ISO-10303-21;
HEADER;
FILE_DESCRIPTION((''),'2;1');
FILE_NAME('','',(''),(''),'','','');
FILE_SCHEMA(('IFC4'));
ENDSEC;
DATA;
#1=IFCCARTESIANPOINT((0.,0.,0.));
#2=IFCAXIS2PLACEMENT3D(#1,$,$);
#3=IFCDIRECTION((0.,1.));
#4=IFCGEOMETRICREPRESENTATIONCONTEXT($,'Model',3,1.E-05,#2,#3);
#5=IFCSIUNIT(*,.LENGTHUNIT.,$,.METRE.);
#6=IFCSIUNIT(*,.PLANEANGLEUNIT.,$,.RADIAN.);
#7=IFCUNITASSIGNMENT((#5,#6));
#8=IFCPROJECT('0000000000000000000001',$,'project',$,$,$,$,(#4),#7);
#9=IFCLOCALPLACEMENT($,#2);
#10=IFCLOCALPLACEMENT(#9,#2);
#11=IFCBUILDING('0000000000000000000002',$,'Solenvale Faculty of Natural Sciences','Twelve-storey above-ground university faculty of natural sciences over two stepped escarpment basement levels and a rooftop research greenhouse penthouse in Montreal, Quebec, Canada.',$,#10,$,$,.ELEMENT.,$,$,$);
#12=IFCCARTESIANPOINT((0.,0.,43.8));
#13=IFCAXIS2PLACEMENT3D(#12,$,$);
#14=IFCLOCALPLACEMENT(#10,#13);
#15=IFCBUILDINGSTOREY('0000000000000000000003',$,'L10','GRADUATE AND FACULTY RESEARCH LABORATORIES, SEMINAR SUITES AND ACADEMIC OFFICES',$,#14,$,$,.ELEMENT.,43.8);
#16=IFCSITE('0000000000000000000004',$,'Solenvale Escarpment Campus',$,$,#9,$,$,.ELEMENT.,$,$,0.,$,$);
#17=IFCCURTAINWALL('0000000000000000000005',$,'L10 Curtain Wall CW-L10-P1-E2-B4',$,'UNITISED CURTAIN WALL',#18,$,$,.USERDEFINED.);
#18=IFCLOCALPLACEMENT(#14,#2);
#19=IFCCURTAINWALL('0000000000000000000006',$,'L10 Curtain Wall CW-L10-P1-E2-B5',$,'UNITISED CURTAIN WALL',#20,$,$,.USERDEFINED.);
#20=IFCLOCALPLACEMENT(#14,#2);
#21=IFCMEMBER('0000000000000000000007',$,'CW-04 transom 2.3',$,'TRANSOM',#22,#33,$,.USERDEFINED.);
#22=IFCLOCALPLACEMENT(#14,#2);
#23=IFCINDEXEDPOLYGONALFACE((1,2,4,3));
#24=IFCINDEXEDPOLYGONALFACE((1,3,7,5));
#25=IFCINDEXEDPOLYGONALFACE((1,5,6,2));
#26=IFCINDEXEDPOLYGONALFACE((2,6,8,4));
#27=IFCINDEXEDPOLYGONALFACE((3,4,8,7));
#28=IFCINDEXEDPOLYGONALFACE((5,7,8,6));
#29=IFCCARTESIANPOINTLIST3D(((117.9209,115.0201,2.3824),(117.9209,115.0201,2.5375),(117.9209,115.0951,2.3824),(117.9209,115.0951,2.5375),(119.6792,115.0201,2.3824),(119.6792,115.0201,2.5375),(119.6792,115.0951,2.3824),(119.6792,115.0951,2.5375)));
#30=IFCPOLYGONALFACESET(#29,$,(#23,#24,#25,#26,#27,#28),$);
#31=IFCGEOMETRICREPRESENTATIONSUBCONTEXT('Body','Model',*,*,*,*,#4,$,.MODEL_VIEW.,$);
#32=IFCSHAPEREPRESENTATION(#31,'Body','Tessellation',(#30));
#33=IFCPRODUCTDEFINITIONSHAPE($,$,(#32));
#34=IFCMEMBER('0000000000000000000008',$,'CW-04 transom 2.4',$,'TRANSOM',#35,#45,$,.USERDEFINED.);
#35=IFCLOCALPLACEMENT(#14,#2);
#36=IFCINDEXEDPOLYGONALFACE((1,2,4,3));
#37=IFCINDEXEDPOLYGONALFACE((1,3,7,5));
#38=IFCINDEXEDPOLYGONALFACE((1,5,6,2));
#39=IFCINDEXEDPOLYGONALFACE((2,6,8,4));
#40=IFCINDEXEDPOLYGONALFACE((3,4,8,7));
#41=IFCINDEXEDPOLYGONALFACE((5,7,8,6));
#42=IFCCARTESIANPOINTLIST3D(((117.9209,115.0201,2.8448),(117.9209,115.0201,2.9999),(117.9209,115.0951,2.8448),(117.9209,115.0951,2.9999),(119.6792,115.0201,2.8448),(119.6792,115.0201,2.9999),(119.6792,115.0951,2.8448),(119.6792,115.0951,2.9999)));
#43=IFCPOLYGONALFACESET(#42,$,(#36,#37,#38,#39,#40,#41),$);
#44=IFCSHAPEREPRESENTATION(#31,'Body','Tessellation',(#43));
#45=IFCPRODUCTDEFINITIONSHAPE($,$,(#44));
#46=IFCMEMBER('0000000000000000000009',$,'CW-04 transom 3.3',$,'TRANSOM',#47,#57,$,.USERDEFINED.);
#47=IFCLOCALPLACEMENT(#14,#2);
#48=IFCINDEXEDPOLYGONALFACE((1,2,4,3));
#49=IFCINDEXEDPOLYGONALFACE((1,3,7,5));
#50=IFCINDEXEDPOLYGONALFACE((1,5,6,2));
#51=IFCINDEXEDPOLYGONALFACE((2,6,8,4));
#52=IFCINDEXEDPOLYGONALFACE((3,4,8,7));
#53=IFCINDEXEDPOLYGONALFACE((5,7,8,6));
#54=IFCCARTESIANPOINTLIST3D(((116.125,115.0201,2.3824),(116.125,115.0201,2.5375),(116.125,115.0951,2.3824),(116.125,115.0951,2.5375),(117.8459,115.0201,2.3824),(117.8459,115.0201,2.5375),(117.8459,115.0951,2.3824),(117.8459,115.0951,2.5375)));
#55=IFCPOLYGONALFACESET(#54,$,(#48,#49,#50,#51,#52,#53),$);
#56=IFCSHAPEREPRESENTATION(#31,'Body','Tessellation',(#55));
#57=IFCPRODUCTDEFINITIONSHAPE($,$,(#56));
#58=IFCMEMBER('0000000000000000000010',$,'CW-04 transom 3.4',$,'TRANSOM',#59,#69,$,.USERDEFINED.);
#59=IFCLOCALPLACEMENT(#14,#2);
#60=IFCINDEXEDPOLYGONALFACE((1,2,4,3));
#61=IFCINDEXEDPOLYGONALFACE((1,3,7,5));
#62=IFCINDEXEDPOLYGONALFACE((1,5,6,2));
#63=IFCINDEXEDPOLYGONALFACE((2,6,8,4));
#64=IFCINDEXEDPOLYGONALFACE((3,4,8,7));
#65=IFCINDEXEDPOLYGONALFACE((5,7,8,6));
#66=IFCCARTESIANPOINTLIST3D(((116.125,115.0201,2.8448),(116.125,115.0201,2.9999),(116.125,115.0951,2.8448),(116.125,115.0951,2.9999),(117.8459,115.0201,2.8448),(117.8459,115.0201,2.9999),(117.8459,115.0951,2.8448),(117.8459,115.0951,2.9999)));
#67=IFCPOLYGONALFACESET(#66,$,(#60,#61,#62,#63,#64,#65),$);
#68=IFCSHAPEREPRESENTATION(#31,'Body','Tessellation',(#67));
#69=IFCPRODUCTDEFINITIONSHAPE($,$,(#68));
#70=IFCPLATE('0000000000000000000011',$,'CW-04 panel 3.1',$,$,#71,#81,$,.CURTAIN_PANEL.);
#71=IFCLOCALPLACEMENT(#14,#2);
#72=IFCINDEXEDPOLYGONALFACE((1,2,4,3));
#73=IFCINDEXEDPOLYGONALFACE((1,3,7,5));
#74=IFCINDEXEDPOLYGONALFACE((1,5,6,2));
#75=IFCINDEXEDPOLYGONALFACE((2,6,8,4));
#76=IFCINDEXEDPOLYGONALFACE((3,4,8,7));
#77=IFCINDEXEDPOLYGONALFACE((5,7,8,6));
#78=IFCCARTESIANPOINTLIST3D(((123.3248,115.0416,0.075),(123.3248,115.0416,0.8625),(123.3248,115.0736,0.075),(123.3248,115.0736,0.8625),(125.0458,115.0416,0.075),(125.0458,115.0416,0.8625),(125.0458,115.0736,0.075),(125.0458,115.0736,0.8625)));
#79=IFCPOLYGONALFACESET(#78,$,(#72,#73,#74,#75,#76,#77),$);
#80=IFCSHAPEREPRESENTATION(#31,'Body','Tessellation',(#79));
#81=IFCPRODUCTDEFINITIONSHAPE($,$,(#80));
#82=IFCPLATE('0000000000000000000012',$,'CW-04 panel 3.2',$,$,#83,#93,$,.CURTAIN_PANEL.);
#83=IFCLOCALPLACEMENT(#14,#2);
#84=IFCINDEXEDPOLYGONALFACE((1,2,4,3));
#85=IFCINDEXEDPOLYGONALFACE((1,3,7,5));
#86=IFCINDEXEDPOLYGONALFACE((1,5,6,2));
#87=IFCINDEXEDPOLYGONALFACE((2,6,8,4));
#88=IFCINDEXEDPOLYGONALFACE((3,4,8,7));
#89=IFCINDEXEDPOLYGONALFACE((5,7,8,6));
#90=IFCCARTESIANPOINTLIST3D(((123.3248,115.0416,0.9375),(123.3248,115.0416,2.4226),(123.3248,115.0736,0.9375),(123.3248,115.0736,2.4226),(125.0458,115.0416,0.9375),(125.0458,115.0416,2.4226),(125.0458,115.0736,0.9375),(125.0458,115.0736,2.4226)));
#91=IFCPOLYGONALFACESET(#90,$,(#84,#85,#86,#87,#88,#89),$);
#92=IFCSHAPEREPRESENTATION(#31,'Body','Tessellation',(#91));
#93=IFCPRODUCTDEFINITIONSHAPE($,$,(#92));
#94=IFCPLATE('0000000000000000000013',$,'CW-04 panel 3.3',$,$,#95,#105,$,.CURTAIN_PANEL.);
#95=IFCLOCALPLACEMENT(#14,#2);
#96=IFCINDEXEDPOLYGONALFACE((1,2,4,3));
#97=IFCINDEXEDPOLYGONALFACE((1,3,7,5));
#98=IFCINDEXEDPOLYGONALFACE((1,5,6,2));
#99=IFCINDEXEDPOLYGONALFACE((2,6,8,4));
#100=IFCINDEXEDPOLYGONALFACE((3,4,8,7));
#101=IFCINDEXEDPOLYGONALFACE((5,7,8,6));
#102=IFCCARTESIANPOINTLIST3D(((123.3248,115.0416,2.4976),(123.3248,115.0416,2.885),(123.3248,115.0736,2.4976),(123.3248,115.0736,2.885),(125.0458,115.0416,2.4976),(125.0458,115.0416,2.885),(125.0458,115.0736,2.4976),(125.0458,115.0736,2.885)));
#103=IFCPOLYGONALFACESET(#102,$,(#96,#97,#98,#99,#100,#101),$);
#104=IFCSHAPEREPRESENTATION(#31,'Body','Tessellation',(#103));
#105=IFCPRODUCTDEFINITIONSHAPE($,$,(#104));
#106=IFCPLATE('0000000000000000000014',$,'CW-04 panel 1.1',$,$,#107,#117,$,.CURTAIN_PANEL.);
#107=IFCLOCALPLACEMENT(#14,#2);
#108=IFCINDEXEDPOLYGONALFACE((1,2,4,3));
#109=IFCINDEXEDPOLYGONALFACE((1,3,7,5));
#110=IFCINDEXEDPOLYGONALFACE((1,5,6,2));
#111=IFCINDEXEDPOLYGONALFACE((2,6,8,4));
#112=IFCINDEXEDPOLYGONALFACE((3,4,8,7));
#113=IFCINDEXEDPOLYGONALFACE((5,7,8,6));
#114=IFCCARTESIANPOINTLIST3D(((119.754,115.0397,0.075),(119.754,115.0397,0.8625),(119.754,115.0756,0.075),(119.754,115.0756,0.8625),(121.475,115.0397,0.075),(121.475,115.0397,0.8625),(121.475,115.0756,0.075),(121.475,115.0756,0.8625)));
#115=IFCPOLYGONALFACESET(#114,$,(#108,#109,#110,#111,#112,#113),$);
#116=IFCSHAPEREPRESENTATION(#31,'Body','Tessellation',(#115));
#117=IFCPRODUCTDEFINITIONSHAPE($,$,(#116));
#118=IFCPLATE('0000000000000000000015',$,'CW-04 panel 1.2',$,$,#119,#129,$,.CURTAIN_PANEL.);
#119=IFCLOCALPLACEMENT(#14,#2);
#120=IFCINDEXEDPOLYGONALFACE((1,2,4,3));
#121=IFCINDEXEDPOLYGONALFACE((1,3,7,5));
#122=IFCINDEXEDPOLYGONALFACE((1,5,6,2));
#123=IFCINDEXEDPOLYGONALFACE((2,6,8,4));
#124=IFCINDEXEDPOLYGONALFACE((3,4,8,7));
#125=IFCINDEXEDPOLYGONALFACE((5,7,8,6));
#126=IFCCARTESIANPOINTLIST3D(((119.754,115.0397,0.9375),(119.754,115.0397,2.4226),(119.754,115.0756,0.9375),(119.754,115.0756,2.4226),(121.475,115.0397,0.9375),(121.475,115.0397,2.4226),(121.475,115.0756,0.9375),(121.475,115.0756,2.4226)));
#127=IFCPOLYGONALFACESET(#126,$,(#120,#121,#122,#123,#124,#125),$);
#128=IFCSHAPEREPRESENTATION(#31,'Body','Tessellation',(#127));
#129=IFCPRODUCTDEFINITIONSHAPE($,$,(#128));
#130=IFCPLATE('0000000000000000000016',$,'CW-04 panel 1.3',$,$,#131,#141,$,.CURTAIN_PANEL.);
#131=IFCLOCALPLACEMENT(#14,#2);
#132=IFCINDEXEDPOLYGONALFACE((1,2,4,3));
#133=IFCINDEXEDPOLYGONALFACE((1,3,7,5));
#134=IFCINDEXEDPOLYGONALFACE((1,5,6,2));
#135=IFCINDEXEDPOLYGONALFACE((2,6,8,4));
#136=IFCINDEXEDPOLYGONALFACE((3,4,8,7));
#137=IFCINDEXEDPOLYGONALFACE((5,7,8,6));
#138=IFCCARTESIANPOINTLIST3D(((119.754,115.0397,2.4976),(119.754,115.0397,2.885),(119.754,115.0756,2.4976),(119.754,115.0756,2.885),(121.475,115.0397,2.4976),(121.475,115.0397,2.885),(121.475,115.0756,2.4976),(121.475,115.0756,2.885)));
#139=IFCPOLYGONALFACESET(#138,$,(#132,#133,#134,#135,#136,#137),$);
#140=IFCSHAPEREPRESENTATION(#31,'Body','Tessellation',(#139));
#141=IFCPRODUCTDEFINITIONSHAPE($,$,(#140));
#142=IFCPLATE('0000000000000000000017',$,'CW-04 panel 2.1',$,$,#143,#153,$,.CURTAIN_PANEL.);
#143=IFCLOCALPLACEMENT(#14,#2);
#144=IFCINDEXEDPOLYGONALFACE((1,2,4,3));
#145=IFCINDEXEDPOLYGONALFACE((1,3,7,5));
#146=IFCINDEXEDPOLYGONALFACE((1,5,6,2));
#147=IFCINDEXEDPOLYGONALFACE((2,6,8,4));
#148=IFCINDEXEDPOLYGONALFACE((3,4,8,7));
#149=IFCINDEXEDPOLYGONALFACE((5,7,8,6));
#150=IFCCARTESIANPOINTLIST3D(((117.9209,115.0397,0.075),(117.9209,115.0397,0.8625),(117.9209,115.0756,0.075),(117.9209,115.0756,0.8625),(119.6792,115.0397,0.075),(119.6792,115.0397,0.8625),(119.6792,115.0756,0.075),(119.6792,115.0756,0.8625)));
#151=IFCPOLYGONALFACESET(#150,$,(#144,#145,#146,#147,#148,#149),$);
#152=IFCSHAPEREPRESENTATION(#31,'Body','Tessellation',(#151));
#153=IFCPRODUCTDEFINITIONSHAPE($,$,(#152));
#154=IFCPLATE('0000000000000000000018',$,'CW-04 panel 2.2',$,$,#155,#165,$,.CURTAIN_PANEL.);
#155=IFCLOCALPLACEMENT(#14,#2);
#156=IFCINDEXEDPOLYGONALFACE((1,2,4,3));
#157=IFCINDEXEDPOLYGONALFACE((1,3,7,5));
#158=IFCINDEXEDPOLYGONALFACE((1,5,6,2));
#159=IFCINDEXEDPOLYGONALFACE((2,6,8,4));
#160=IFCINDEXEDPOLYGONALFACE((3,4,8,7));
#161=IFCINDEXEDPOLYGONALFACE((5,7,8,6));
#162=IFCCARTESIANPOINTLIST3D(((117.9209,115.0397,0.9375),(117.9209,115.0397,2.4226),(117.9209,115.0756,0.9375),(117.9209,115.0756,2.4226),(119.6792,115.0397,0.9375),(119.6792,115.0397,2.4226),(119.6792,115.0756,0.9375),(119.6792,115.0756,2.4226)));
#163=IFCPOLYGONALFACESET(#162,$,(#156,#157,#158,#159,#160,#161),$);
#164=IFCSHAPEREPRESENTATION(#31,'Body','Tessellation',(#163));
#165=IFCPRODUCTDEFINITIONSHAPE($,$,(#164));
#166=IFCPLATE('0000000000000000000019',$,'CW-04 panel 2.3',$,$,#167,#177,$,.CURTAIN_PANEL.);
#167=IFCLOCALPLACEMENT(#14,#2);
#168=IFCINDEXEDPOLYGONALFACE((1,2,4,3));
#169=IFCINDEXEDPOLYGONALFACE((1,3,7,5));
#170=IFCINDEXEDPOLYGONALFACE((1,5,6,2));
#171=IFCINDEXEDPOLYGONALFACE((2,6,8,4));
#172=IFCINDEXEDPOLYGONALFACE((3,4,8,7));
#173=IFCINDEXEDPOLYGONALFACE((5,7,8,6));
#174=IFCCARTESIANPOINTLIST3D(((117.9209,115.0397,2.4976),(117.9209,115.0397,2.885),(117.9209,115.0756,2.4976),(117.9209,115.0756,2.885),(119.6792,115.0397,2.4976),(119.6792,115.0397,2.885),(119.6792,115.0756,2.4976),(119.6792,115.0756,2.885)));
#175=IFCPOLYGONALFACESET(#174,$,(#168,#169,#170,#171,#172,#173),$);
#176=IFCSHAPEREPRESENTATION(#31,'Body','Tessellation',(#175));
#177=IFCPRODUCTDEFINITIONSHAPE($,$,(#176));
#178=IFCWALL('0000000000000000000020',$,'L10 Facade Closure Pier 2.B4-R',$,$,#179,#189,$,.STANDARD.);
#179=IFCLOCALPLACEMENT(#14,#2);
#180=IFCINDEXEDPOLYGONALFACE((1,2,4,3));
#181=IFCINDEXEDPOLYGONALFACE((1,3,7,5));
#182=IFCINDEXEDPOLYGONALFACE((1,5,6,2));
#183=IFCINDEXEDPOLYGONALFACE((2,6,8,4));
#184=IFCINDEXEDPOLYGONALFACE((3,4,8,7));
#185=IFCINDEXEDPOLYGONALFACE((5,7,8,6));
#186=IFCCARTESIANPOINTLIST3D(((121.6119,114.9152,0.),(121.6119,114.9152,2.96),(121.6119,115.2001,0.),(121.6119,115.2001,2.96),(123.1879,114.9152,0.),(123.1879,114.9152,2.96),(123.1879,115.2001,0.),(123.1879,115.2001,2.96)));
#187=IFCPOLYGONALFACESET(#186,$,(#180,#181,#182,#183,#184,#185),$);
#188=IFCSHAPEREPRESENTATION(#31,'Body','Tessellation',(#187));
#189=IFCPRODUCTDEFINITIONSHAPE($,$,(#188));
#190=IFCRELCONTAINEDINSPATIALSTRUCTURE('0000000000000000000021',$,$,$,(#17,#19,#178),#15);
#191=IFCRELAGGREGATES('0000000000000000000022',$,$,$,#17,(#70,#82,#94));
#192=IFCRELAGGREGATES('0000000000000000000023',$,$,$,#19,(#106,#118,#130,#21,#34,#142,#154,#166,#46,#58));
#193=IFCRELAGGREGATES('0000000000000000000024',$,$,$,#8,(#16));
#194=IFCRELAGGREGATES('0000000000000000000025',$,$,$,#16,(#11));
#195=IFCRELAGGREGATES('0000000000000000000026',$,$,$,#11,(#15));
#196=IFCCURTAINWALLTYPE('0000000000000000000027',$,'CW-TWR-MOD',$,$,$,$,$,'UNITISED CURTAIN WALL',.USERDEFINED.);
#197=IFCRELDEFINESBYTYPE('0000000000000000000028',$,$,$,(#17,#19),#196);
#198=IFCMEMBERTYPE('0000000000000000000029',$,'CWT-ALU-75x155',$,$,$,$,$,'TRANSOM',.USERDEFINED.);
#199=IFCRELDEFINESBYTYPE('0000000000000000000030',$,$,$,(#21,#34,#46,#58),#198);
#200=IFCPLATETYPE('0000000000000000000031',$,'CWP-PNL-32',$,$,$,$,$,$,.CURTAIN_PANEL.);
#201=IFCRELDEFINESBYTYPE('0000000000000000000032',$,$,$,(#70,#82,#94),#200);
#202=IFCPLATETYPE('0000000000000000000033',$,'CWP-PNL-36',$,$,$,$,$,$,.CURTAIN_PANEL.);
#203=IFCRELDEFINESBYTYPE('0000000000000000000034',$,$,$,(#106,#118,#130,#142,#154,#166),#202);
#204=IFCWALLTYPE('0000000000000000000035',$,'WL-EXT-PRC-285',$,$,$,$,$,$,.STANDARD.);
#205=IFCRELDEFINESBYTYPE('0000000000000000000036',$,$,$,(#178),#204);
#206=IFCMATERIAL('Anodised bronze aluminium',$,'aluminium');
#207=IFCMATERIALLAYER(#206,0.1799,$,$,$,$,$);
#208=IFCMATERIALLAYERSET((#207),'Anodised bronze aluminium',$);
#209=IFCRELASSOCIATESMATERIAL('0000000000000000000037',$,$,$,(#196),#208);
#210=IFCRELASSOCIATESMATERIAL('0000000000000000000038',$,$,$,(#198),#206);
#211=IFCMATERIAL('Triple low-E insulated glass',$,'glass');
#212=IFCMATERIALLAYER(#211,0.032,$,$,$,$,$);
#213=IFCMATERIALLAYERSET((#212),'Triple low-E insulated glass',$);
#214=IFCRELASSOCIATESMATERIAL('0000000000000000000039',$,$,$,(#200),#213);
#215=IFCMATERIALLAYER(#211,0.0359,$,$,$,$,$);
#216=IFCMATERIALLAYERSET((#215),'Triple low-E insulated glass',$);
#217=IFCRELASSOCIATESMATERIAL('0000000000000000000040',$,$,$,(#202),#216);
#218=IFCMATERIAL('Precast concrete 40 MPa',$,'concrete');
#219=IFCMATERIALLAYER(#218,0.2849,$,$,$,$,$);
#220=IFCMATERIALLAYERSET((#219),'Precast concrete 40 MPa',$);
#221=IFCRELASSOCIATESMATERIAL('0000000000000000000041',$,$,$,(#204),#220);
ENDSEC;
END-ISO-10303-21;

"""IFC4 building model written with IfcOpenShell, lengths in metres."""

from ifc_helpers import new_model, si_unit, direction, frame, frame_2d, origin, origin_2d, place, context, subcontext, project, spatial, rectangle, extrude, material, layer, layer_set, material_profile, profile_set, type_object, element, aggregate, save


model = new_model("IFC4")

# Units and contexts
model_context = context("Model", 3, precision=1e-05, world=origin(), true_north=direction((0.0, 1.0)))
body_context = subcontext(model_context, "Body", "Model", "MODEL_VIEW")
ifc_project = project(units=[si_unit("LENGTHUNIT", "METRE"), si_unit("PLANEANGLEUNIT", "RADIAN")], contexts=[model_context])

# Site, building, storey
site_placement = place(None, origin())
site = spatial("IfcSite", under=ifc_project, at=site_placement, Name="Solenvale Escarpment Campus", CompositionType="ELEMENT", RefElevation=0.0)
building_placement = place(site_placement, origin())
building = spatial("IfcBuilding", under=site, at=building_placement, Name="Solenvale Faculty of Natural Sciences", Description="Twelve-storey above-ground university faculty of natural sciences over two stepped escarpment basement levels and a rooftop research greenhouse penthouse in Montreal, Quebec, Canada.", CompositionType="ELEMENT")
storey_placement = place(building_placement, frame((0.0, 0.0, 43.8)))
storey = spatial("IfcBuildingStorey", under=building, at=storey_placement, Name="L10", Description="GRADUATE AND FACULTY RESEARCH LABORATORIES, SEMINAR SUITES AND ACADEMIC OFFICES", CompositionType="ELEMENT", Elevation=43.8)

# Shared definitions
ifc_material_1 = material(Name="Precast concrete 40 MPa", Category="concrete")

# Curtain wall
ifc_material_2 = material(Name="Anodised bronze aluminium", Category="aluminium")
ifc_layer_1 = layer(ifc_material_2, 0.1799)
ifc_layer_set_1 = layer_set([ifc_layer_1], Name="Anodised bronze aluminium")
curtain_wall_type = type_object("IfcCurtainWallType", Name="CW-TWR-MOD", ElementType="UNITISED CURTAIN WALL", PredefinedType="USERDEFINED", material=ifc_layer_set_1)
curtain_wall_1_placement = place(storey_placement, origin())
curtain_wall_1 = element("IfcCurtainWall", 1, at=curtain_wall_1_placement, inside=storey, type_object=curtain_wall_type, Name="L10 Curtain Wall CW-L10-P1-E2-B4", ObjectType="UNITISED CURTAIN WALL", PredefinedType="USERDEFINED")

# Curtain wall, members
curtain_wall_2_placement = place(storey_placement, origin())
curtain_wall_2 = element("IfcCurtainWall", 2, at=curtain_wall_2_placement, inside=storey, type_object=curtain_wall_type, Name="L10 Curtain Wall CW-L10-P1-E2-B5", ObjectType="UNITISED CURTAIN WALL", PredefinedType="USERDEFINED")
ifc_material_profile_1 = material_profile(ifc_material_2, rectangle(XDim=0.075, YDim=0.155, at=origin_2d()), Name="ALU-TRN-75x155")
ifc_profile_set_1 = profile_set([ifc_material_profile_1], Name="Anodised bronze aluminium")
member_type_1 = type_object("IfcMemberType", Name="CWT-ALU-75x155", ElementType="TRANSOM", PredefinedType="USERDEFINED", material=ifc_profile_set_1)
member_1_placement = place(storey_placement, frame((119.6792, 115.0576, 2.46), z_axis=(-1.0, 0.0, 0.0), x_axis=(0.0, -1.0, 0.0)))
member_1 = element("IfcMember", 3, at=member_1_placement, type_object=member_type_1, Name="CW-04 transom 2.3", ObjectType="TRANSOM", PredefinedType="USERDEFINED", context=body_context, shape_type="SweptSolid", body=[
    extrude(rectangle(XDim=0.075, YDim=0.155, at=origin_2d()), origin(), (0.0, 0.0, 1.0), 1.7583),
])
member_2_placement = place(storey_placement, frame((119.6792, 115.0576, 2.9224), z_axis=(-1.0, 0.0, 0.0), x_axis=(0.0, -1.0, 0.0)))
member_2 = element("IfcMember", 4, at=member_2_placement, type_object=member_type_1, Name="CW-04 transom 2.4", ObjectType="TRANSOM", PredefinedType="USERDEFINED", context=body_context, shape_type="SweptSolid", body=[
    extrude(rectangle(XDim=0.075, YDim=0.155, at=origin_2d()), origin(), (0.0, 0.0, 1.0), 1.7583),
])
member_3_placement = place(storey_placement, frame((117.8459, 115.0576, 2.46), z_axis=(-1.0, 0.0, 0.0), x_axis=(0.0, -1.0, 0.0)))
member_3 = element("IfcMember", 5, at=member_3_placement, type_object=member_type_1, Name="CW-04 transom 3.3", ObjectType="TRANSOM", PredefinedType="USERDEFINED", context=body_context, shape_type="SweptSolid", body=[
    extrude(rectangle(XDim=0.075, YDim=0.155, at=origin_2d()), origin(), (0.0, 0.0, 1.0), 1.7209),
])
member_4_placement = place(storey_placement, frame((117.8459, 115.0576, 2.9224), z_axis=(-1.0, 0.0, 0.0), x_axis=(0.0, -1.0, 0.0)))
member_4 = element("IfcMember", 6, at=member_4_placement, type_object=member_type_1, Name="CW-04 transom 3.4", ObjectType="TRANSOM", PredefinedType="USERDEFINED", context=body_context, shape_type="SweptSolid", body=[
    extrude(rectangle(XDim=0.075, YDim=0.155, at=origin_2d()), origin(), (0.0, 0.0, 1.0), 1.7209),
])

# Plates
ifc_material_3 = material(Name="Triple low-E insulated glass", Category="glass")
ifc_layer_2 = layer(ifc_material_3, 0.032)
ifc_layer_set_2 = layer_set([ifc_layer_2], Name="Triple low-E insulated glass")
plate_type_1 = type_object("IfcPlateType", Name="CWP-PNL-32", PredefinedType="CURTAIN_PANEL", material=ifc_layer_set_2)
plate_1_placement = place(storey_placement, frame((124.1853, 115.0576, 0.075), z_axis=(0.0, 0.0, 1.0), x_axis=(-1.0, 0.0, 0.0)))
plate_1 = element("IfcPlate", 7, at=plate_1_placement, type_object=plate_type_1, Name="CW-04 panel 3.1", PredefinedType="CURTAIN_PANEL", context=body_context, shape_type="SweptSolid", body=[
    extrude(rectangle(XDim=1.7209, YDim=0.032, at=origin_2d()), origin(), (0.0, 0.0, 1.0), 0.7876),
])
plate_2_placement = place(storey_placement, frame((124.1853, 115.0576, 0.9375), z_axis=(0.0, 0.0, 1.0), x_axis=(-1.0, 0.0, 0.0)))
plate_2 = element("IfcPlate", 8, at=plate_2_placement, type_object=plate_type_1, Name="CW-04 panel 3.2", PredefinedType="CURTAIN_PANEL", context=body_context, shape_type="SweptSolid", body=[
    extrude(rectangle(XDim=1.7209, YDim=0.032, at=origin_2d()), origin(), (0.0, 0.0, 1.0), 1.4851),
])
plate_3_placement = place(storey_placement, frame((124.1853, 115.0576, 2.4976), z_axis=(0.0, 0.0, 1.0), x_axis=(-1.0, 0.0, 0.0)))
plate_3 = element("IfcPlate", 9, at=plate_3_placement, type_object=plate_type_1, Name="CW-04 panel 3.3", PredefinedType="CURTAIN_PANEL", context=body_context, shape_type="SweptSolid", body=[
    extrude(rectangle(XDim=1.7209, YDim=0.032, at=origin_2d()), origin(), (0.0, 0.0, 1.0), 0.3875),
])
aggregate(curtain_wall_1, [plate_1, plate_2, plate_3])
ifc_layer_3 = layer(ifc_material_3, 0.0359)
ifc_layer_set_3 = layer_set([ifc_layer_3], Name="Triple low-E insulated glass")
plate_type_2 = type_object("IfcPlateType", Name="CWP-PNL-36", PredefinedType="CURTAIN_PANEL", material=ifc_layer_set_3)
plate_4_placement = place(storey_placement, frame((120.6145, 115.0576, 0.075), z_axis=(0.0, 0.0, 1.0), x_axis=(-1.0, 0.0, 0.0)))
plate_4 = element("IfcPlate", 10, at=plate_4_placement, type_object=plate_type_2, Name="CW-04 panel 1.1", PredefinedType="CURTAIN_PANEL", context=body_context, shape_type="SweptSolid", body=[
    extrude(rectangle(XDim=1.7209, YDim=0.0359, at=origin_2d()), origin(), (0.0, 0.0, 1.0), 0.7876),
])
plate_5_placement = place(storey_placement, frame((120.6145, 115.0576, 0.9375), z_axis=(0.0, 0.0, 1.0), x_axis=(-1.0, 0.0, 0.0)))
plate_5 = element("IfcPlate", 11, at=plate_5_placement, type_object=plate_type_2, Name="CW-04 panel 1.2", PredefinedType="CURTAIN_PANEL", context=body_context, shape_type="SweptSolid", body=[
    extrude(rectangle(XDim=1.7209, YDim=0.0359, at=origin_2d()), origin(), (0.0, 0.0, 1.0), 1.4851),
])
plate_6_placement = place(storey_placement, frame((120.6145, 115.0576, 2.4976), z_axis=(0.0, 0.0, 1.0), x_axis=(-1.0, 0.0, 0.0)))
plate_6 = element("IfcPlate", 12, at=plate_6_placement, type_object=plate_type_2, Name="CW-04 panel 1.3", PredefinedType="CURTAIN_PANEL", context=body_context, shape_type="SweptSolid", body=[
    extrude(rectangle(XDim=1.7209, YDim=0.0359, at=origin_2d()), origin(), (0.0, 0.0, 1.0), 0.3875),
])
plate_7_placement = place(storey_placement, frame((118.8, 115.0576, 0.075), z_axis=(0.0, 0.0, 1.0), x_axis=(-1.0, 0.0, 0.0)))
plate_7 = element("IfcPlate", 13, at=plate_7_placement, type_object=plate_type_2, Name="CW-04 panel 2.1", PredefinedType="CURTAIN_PANEL", context=body_context, shape_type="SweptSolid", body=[
    extrude(rectangle(XDim=1.7583, YDim=0.0359, at=origin_2d()), origin(), (0.0, 0.0, 1.0), 0.7876),
])
plate_8_placement = place(storey_placement, frame((118.8, 115.0576, 0.9375), z_axis=(0.0, 0.0, 1.0), x_axis=(-1.0, 0.0, 0.0)))
plate_8 = element("IfcPlate", 14, at=plate_8_placement, type_object=plate_type_2, Name="CW-04 panel 2.2", PredefinedType="CURTAIN_PANEL", context=body_context, shape_type="SweptSolid", body=[
    extrude(rectangle(XDim=1.7583, YDim=0.0359, at=origin_2d()), origin(), (0.0, 0.0, 1.0), 1.4851),
])
plate_9_placement = place(storey_placement, frame((118.8, 115.0576, 2.4976), z_axis=(0.0, 0.0, 1.0), x_axis=(-1.0, 0.0, 0.0)))
plate_9 = element("IfcPlate", 15, at=plate_9_placement, type_object=plate_type_2, Name="CW-04 panel 2.3", PredefinedType="CURTAIN_PANEL", context=body_context, shape_type="SweptSolid", body=[
    extrude(rectangle(XDim=1.7583, YDim=0.0359, at=origin_2d()), origin(), (0.0, 0.0, 1.0), 0.3875),
])
aggregate(curtain_wall_2, [plate_4, plate_5, plate_6, member_1, member_2, plate_7, plate_8, plate_9, member_3, member_4])

# Wall
ifc_layer_4 = layer(ifc_material_1, 0.2849)
ifc_layer_set_4 = layer_set([ifc_layer_4], Name="Precast concrete 40 MPa")
wall_type = type_object("IfcWallType", Name="WL-EXT-PRC-285", PredefinedType="STANDARD", material=ifc_layer_set_4)
wall_placement = place(storey_placement, frame((123.188, 115.0576, 0.0), z_axis=(0.0, 0.0, 1.0), x_axis=(-1.0, 0.0, 0.0)))
element("IfcWall", 16, at=wall_placement, inside=storey, type_object=wall_type, Name="L10 Facade Closure Pier 2.B4-R", PredefinedType="STANDARD", context=body_context, shape_type="SweptSolid", body=[
    extrude(rectangle(XDim=1.5759, YDim=0.2849, at=frame_2d((0.7881, 0.0))), origin(), (0.0, 0.0, 1.0), 2.96),
])

save(model, "model.ifc")
